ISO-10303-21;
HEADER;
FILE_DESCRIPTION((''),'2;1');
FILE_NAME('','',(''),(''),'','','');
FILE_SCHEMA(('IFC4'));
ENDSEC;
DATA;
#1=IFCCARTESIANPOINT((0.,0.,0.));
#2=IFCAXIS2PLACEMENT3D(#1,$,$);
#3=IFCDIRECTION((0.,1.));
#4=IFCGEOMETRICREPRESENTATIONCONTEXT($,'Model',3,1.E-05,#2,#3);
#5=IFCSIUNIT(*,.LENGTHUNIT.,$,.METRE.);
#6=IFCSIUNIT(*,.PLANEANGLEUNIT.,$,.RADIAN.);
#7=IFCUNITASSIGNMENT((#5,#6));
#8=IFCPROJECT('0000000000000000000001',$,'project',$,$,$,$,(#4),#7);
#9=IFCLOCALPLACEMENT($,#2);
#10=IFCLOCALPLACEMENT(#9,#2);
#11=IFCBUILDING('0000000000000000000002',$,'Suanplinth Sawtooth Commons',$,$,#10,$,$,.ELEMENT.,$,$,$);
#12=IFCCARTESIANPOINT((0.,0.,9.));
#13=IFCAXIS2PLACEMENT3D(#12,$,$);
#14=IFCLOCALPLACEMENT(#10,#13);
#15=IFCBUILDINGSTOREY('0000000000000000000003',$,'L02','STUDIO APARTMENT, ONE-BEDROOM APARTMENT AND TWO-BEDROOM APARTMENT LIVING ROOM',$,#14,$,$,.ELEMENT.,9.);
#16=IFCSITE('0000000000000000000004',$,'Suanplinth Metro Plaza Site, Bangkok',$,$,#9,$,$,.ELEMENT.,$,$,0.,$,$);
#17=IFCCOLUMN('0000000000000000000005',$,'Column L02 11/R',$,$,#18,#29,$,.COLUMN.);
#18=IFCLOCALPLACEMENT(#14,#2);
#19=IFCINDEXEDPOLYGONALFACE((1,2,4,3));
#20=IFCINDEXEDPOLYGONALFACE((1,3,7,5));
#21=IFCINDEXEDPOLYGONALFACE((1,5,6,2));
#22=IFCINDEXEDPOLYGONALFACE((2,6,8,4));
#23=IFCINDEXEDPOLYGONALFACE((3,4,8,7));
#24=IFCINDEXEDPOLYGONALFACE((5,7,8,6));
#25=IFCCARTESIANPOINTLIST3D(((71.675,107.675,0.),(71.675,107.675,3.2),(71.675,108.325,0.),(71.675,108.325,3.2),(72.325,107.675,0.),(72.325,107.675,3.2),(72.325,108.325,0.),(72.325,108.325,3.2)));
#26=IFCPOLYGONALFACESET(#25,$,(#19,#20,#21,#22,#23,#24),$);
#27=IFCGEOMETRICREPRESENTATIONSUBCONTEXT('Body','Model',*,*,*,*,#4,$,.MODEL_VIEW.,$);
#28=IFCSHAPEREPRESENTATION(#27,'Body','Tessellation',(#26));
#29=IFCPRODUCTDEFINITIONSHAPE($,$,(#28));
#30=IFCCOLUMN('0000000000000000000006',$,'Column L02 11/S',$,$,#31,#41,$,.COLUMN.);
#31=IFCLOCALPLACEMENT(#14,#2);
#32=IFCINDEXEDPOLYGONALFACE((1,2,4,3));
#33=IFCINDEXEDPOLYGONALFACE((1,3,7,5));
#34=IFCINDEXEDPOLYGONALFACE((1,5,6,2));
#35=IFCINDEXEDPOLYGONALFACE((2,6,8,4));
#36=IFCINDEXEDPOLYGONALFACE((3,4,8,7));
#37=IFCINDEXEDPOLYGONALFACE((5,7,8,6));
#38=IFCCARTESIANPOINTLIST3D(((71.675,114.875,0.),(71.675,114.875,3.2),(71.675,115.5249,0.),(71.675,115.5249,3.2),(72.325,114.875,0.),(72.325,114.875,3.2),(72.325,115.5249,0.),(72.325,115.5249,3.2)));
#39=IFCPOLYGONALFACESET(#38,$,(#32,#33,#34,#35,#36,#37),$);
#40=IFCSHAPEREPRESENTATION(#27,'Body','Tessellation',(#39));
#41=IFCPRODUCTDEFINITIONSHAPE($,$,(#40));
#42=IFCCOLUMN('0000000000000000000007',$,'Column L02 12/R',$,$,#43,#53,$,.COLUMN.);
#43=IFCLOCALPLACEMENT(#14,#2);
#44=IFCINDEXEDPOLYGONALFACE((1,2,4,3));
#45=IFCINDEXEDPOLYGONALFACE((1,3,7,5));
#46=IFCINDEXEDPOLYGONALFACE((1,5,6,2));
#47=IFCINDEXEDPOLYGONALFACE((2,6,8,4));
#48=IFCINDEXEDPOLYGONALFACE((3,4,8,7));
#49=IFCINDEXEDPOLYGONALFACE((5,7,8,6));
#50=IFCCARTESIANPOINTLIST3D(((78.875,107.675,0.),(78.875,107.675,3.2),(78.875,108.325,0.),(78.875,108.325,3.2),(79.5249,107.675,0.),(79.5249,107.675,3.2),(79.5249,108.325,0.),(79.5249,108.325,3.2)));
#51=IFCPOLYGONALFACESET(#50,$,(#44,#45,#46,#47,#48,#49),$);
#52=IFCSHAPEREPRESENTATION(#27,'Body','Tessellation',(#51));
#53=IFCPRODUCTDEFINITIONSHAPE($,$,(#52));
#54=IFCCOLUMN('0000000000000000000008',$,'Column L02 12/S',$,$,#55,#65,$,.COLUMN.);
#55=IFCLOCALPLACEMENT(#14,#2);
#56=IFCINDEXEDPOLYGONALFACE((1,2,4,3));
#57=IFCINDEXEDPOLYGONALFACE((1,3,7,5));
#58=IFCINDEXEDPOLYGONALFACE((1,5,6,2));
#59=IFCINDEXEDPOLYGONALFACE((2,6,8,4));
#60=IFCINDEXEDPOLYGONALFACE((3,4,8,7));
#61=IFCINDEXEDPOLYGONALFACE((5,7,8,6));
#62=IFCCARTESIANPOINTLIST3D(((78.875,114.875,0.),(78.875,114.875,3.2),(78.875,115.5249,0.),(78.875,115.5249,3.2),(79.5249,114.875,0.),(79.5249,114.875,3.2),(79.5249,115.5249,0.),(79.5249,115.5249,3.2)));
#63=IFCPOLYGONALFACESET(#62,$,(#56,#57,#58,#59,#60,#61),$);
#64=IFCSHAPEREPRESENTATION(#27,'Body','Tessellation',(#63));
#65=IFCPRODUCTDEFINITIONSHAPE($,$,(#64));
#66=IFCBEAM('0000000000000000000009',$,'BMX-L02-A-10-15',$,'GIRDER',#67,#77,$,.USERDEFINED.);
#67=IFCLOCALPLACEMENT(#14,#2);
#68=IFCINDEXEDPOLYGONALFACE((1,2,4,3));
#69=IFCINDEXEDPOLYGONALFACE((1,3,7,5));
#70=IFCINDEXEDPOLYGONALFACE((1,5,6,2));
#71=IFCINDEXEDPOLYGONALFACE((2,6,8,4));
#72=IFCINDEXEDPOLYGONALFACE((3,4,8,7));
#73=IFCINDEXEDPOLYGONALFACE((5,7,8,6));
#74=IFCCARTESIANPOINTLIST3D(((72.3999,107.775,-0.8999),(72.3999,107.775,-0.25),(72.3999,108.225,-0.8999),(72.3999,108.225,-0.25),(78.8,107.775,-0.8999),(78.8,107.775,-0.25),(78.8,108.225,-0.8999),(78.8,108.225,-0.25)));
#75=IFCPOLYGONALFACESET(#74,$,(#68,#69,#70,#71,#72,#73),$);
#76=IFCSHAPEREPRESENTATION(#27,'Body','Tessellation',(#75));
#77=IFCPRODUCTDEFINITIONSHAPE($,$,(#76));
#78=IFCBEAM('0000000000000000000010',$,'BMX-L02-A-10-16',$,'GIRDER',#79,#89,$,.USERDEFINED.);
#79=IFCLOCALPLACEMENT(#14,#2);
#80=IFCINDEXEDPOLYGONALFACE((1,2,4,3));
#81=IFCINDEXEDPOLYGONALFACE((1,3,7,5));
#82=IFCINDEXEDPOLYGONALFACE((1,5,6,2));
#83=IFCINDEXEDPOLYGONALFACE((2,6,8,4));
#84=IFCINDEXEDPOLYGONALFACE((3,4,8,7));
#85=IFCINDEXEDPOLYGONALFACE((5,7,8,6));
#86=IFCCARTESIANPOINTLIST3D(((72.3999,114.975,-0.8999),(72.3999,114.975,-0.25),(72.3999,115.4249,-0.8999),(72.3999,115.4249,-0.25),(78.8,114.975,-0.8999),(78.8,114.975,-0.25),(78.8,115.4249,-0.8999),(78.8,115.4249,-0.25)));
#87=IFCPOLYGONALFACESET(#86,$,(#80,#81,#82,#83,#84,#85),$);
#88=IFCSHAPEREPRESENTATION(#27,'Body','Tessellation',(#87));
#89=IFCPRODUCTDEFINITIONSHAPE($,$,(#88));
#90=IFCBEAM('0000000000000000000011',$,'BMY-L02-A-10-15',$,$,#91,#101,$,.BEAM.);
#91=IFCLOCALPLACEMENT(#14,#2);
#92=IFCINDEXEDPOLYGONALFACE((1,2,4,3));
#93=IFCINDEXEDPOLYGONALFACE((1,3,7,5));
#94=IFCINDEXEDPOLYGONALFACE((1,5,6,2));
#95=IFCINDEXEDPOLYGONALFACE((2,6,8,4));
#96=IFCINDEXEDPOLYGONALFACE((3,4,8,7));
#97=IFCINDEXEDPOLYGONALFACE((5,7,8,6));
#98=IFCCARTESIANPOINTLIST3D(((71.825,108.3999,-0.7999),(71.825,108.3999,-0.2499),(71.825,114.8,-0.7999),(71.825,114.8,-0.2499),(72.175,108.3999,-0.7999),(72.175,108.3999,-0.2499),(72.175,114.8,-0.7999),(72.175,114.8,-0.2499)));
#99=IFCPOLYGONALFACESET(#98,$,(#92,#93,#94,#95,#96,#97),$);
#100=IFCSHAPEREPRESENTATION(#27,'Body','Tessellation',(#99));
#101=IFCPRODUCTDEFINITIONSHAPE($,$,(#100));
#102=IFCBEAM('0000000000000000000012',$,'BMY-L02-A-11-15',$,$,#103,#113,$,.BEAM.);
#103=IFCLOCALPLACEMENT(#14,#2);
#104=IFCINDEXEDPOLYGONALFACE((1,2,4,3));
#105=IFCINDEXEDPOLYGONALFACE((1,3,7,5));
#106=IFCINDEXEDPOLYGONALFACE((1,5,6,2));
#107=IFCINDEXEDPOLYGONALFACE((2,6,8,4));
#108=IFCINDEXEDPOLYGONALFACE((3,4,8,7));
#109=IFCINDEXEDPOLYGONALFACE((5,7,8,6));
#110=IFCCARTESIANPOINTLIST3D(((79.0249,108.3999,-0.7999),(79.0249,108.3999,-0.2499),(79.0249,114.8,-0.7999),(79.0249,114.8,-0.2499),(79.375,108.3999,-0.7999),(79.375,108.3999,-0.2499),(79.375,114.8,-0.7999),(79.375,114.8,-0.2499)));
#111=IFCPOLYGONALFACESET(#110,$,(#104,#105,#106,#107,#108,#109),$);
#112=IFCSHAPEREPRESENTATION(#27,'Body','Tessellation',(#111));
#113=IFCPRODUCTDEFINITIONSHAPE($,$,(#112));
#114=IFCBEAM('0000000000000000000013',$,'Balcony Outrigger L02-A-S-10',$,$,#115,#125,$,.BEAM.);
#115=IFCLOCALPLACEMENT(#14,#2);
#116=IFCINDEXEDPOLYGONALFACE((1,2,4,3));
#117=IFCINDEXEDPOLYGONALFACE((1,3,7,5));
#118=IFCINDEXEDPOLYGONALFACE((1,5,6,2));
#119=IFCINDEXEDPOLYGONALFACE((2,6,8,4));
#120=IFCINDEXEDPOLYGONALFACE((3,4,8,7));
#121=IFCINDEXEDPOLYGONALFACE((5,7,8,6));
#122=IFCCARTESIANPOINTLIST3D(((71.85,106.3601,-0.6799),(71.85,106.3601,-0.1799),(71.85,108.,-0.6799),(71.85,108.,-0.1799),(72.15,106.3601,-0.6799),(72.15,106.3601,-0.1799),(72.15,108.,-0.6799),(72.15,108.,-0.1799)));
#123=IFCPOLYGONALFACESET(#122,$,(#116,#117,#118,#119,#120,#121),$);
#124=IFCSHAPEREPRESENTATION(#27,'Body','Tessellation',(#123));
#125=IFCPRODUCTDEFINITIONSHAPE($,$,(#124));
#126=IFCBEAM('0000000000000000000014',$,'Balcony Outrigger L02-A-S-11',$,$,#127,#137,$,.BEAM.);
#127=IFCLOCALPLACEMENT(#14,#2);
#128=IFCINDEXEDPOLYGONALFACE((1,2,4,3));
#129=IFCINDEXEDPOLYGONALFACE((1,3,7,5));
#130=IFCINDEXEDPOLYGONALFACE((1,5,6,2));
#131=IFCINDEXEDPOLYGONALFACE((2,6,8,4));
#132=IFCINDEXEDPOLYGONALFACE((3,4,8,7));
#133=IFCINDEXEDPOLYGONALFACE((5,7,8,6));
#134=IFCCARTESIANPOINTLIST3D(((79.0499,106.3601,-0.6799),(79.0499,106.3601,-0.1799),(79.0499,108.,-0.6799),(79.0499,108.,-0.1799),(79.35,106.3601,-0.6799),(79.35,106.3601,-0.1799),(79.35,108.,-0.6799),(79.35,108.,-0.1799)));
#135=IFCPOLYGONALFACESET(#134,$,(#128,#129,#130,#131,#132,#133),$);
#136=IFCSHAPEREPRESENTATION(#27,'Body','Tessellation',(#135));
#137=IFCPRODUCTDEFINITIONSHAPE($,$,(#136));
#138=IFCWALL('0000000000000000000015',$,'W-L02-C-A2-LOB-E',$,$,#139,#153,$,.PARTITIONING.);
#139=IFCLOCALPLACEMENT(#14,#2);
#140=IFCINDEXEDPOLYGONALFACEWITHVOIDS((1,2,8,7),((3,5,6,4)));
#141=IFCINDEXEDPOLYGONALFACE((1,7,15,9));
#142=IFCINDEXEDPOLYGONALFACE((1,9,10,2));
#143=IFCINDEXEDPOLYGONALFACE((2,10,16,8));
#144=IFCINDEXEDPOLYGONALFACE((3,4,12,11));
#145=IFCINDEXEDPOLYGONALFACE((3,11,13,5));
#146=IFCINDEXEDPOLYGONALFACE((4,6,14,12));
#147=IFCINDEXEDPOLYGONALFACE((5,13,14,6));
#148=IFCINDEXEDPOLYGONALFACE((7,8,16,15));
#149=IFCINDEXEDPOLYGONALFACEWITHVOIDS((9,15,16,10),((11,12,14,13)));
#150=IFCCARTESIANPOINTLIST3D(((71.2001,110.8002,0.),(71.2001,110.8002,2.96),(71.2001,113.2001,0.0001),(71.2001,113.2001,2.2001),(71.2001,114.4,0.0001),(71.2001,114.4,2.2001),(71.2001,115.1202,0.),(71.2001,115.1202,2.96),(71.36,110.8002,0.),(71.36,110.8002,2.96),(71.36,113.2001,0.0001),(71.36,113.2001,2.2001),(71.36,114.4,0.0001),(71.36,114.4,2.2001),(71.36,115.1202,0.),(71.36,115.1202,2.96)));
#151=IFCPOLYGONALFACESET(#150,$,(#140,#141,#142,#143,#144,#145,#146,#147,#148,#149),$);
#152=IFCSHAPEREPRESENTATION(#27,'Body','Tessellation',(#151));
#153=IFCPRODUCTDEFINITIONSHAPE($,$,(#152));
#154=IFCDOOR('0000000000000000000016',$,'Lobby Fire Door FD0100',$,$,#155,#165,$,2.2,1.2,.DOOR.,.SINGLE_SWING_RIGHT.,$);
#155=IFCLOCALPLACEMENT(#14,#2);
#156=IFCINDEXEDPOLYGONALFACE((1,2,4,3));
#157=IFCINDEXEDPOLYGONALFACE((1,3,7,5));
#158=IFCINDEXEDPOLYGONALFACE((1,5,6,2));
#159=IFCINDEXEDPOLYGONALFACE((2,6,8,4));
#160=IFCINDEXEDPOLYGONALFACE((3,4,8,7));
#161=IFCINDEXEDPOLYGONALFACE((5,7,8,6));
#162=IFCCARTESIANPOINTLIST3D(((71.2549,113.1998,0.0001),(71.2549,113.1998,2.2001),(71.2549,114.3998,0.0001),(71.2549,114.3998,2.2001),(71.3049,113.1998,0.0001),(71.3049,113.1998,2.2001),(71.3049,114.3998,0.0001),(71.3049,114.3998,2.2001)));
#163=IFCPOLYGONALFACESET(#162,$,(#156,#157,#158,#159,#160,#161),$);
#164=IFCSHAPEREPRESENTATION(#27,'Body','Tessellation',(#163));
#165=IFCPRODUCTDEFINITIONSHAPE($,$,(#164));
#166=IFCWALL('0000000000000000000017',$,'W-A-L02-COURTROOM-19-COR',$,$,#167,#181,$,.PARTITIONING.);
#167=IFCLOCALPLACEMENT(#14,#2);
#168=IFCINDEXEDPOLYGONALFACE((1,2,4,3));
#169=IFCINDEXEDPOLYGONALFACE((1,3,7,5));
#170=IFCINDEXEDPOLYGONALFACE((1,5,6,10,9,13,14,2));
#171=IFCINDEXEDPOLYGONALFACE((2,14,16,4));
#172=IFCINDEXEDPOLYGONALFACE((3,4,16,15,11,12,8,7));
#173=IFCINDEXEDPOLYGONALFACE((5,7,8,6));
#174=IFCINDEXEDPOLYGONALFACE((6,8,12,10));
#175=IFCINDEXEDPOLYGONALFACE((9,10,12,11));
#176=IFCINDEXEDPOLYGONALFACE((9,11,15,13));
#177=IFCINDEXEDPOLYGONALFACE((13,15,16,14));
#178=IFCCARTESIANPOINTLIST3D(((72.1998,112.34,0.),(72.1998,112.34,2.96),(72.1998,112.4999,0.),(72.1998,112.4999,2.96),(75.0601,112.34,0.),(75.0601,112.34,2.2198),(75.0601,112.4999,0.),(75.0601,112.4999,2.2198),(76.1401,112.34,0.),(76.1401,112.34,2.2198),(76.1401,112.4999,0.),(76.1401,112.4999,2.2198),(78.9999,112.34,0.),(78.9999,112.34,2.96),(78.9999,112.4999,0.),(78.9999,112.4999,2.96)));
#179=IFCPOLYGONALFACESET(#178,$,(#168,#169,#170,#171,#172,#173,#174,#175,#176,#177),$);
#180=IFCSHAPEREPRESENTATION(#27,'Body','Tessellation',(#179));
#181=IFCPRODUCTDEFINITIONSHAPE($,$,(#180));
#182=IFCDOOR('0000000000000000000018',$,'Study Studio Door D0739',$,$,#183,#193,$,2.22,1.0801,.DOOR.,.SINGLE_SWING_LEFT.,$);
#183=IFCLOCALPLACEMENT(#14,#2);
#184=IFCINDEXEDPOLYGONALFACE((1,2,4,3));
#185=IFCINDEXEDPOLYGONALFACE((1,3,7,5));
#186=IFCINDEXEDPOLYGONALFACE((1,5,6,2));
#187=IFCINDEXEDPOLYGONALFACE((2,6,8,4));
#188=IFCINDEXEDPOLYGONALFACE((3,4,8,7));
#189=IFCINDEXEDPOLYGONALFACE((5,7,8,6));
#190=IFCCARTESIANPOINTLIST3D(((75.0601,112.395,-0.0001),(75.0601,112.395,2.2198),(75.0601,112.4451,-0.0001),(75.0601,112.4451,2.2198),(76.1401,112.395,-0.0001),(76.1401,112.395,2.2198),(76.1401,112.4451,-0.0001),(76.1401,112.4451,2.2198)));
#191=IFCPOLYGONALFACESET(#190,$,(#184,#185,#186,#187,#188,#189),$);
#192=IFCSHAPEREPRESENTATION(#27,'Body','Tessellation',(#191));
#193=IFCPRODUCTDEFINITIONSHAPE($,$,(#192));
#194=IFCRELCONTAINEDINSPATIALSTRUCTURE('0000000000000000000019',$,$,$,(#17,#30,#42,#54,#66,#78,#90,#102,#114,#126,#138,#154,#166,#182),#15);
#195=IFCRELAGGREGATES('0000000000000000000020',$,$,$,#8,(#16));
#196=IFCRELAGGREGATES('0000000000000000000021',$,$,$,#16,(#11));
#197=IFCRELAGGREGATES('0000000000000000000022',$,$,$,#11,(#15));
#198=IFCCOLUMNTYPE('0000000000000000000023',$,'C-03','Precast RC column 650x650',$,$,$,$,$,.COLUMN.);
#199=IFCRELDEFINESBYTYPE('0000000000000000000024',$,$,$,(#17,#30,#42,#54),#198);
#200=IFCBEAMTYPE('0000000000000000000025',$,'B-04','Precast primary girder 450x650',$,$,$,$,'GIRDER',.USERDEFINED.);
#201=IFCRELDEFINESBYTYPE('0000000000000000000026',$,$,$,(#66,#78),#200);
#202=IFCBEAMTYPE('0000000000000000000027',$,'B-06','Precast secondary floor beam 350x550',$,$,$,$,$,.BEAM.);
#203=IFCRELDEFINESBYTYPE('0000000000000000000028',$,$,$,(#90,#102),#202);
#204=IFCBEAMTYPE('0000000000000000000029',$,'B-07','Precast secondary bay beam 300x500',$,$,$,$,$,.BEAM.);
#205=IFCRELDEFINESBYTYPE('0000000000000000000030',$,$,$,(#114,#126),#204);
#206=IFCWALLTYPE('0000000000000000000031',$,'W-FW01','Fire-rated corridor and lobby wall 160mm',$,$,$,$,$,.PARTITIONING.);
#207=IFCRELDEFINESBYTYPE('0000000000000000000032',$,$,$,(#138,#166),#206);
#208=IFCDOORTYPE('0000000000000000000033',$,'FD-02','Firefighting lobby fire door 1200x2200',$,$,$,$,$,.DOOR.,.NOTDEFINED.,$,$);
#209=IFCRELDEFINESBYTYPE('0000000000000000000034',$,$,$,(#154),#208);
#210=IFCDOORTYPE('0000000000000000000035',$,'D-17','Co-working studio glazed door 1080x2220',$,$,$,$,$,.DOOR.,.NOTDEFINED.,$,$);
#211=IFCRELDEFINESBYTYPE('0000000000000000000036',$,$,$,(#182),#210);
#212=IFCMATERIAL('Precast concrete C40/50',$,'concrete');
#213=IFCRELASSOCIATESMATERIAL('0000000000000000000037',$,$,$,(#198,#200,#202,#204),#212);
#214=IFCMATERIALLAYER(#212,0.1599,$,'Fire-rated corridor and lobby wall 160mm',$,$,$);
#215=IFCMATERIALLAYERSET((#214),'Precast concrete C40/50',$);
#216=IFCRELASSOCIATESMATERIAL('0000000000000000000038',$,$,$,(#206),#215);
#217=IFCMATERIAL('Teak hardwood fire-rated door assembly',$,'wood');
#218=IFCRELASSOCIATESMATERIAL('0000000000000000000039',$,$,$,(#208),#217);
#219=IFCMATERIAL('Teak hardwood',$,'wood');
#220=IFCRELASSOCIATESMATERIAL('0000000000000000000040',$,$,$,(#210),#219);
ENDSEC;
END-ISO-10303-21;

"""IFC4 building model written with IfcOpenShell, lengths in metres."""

from ifc_helpers import new_model, si_unit, direction, frame, frame_2d, origin, origin_2d, place, context, subcontext, project, spatial, rectangle, extrude, material, layer, layer_set, material_profile, profile_set, type_object, element, fill, save


model = new_model("IFC4")

# Units and contexts
model_context = context("Model", 3, precision=1e-05, world=origin(), true_north=direction((0.0, 1.0)))
body_context = subcontext(model_context, "Body", "Model", "MODEL_VIEW")
ifc_project = project(units=[si_unit("LENGTHUNIT", "METRE"), si_unit("PLANEANGLEUNIT", "RADIAN")], contexts=[model_context])

# Site, building, storey
site_placement = place(None, origin())
site = spatial("IfcSite", under=ifc_project, at=site_placement, Name="Suanplinth Metro Plaza Site, Bangkok", CompositionType="ELEMENT", RefElevation=0.0)
building_placement = place(site_placement, origin())
building = spatial("IfcBuilding", under=site, at=building_placement, Name="Suanplinth Sawtooth Commons", CompositionType="ELEMENT")
storey_placement = place(building_placement, frame((0.0, 0.0, 9.0)))
storey = spatial("IfcBuildingStorey", under=building, at=storey_placement, Name="L02", Description="STUDIO APARTMENT, ONE-BEDROOM APARTMENT AND TWO-BEDROOM APARTMENT LIVING ROOM", CompositionType="ELEMENT", Elevation=9.0)

# Columns
ifc_material_1 = material(Name="Precast concrete C40/50", Category="concrete")
ifc_material_profile_1 = material_profile(ifc_material_1, rectangle(XDim=0.6499, YDim=0.6499, at=origin_2d()), Name="PC-COL 650x650")
ifc_profile_set_1 = profile_set([ifc_material_profile_1], Name="Precast concrete C40/50")
column_type = type_object("IfcColumnType", Name="C-03", Description="Precast RC column 650x650", PredefinedType="COLUMN", material=ifc_profile_set_1)
for number, where, z_axis, x_axis, name in (
    (1, (72.0, 108.0, 0.0), (0.0, 0.0, 1.0), (1.0, 0.0, 0.0), "Column L02 11/R"),
    (2, (72.0, 115.2, 0.0), (0.0, 0.0, 1.0), (1.0, 0.0, 0.0), "Column L02 11/S"),
    (3, (79.2, 108.0, 0.0), (0.0, 0.0, 1.0), (1.0, 0.0, 0.0), "Column L02 12/R"),
    (4, (79.2, 115.2, 0.0), (0.0, 0.0, 1.0), (1.0, 0.0, 0.0), "Column L02 12/S"),
):
    element("IfcColumn", number, at=place(storey_placement, frame(where, z_axis=z_axis, x_axis=x_axis)), inside=storey, type_object=column_type, Name=name, PredefinedType="COLUMN", context=body_context, shape_type="SweptSolid", body=[
        extrude(rectangle(XDim=0.6499, YDim=0.6499, at=origin_2d()), origin(), (0.0, 0.0, 1.0), 3.2),
    ])

# Beams
ifc_material_profile_2 = material_profile(ifc_material_1, rectangle(XDim=0.45, YDim=0.6499, at=origin_2d()), Name="PC-GDR 450x650")
ifc_profile_set_2 = profile_set([ifc_material_profile_2], Name="Precast concrete C40/50")
beam_type_1 = type_object("IfcBeamType", Name="B-04", Description="Precast primary girder 450x650", ElementType="GIRDER", PredefinedType="USERDEFINED", material=ifc_profile_set_2)
for number, where, z_axis, x_axis, name in (
    (5, (72.3999, 108.0, -0.575), (1.0, 0.0, 0.0), (0.0, 1.0, 0.0), "BMX-L02-A-10-15"),
    (6, (72.3999, 115.2, -0.575), (1.0, 0.0, 0.0), (0.0, 1.0, 0.0), "BMX-L02-A-10-16"),
):
    element("IfcBeam", number, at=place(storey_placement, frame(where, z_axis=z_axis, x_axis=x_axis)), inside=storey, type_object=beam_type_1, Name=name, ObjectType="GIRDER", PredefinedType="USERDEFINED", context=body_context, shape_type="SweptSolid", body=[
        extrude(rectangle(XDim=0.45, YDim=0.6499, at=origin_2d()), origin(), (0.0, 0.0, 1.0), 6.4001),
    ])
ifc_material_profile_3 = material_profile(ifc_material_1, rectangle(XDim=0.3501, YDim=0.55, at=origin_2d()), Name="PC-BM 350x550")
ifc_profile_set_3 = profile_set([ifc_material_profile_3], Name="Precast concrete C40/50")
beam_type_2 = type_object("IfcBeamType", Name="B-06", Description="Precast secondary floor beam 350x550", PredefinedType="BEAM", material=ifc_profile_set_3)
for number, where, z_axis, x_axis, name in (
    (7, (72.0, 108.3999, -0.5249), (0.0, 1.0, 0.0), (-1.0, 0.0, 0.0), "BMY-L02-A-10-15"),
    (8, (79.2, 108.3999, -0.5249), (0.0, 1.0, 0.0), (-1.0, 0.0, 0.0), "BMY-L02-A-11-15"),
):
    element("IfcBeam", number, at=place(storey_placement, frame(where, z_axis=z_axis, x_axis=x_axis)), inside=storey, type_object=beam_type_2, Name=name, PredefinedType="BEAM", context=body_context, shape_type="SweptSolid", body=[
        extrude(rectangle(XDim=0.3501, YDim=0.55, at=origin_2d()), origin(), (0.0, 0.0, 1.0), 6.4001),
    ])
ifc_material_profile_4 = material_profile(ifc_material_1, rectangle(XDim=0.3, YDim=0.5, at=origin_2d()), Name="PC-BM 300x500")
ifc_profile_set_4 = profile_set([ifc_material_profile_4], Name="Precast concrete C40/50")
beam_type_3 = type_object("IfcBeamType", Name="B-07", Description="Precast secondary bay beam 300x500", PredefinedType="BEAM", material=ifc_profile_set_4)
for number, where, z_axis, x_axis, name in (
    (9, (72.0, 108.0, -0.4299), (0.0, -1.0, 0.0), (1.0, 0.0, 0.0), "Balcony Outrigger L02-A-S-10"),
    (10, (79.2, 108.0, -0.4299), (0.0, -1.0, 0.0), (1.0, 0.0, 0.0), "Balcony Outrigger L02-A-S-11"),
):
    element("IfcBeam", number, at=place(storey_placement, frame(where, z_axis=z_axis, x_axis=x_axis)), inside=storey, type_object=beam_type_3, Name=name, PredefinedType="BEAM", context=body_context, shape_type="SweptSolid", body=[
        extrude(rectangle(XDim=0.3, YDim=0.5, at=origin_2d()), origin(), (0.0, 0.0, 1.0), 1.6399),
    ])

# Walls, openings, doors
ifc_layer_1 = layer(ifc_material_1, 0.1599, Name="Fire-rated corridor and lobby wall 160mm")
ifc_layer_set_1 = layer_set([ifc_layer_1], Name="Precast concrete C40/50")
wall_type_1 = type_object("IfcWallType", Name="W-FW01", Description="Fire-rated corridor and lobby wall 160mm", PredefinedType="PARTITIONING", material=ifc_layer_set_1)
wall_1_placement = place(storey_placement, frame((71.28, 110.8, 0.0), z_axis=(0.0, 0.0, 1.0), x_axis=(0.0, 1.0, 0.0)))
wall_1 = element("IfcWall", 11, at=wall_1_placement, inside=storey, type_object=wall_type_1, Name="W-L02-C-A2-LOB-E", PredefinedType="PARTITIONING", context=body_context, shape_type="SweptSolid", body=[
    extrude(rectangle(XDim=4.3201, YDim=0.1599, at=frame_2d((2.1602, 0.0))), origin(), (0.0, 0.0, 1.0), 2.96),
])
opening_1_placement = place(wall_1_placement, frame((2.3999, 0.0, 0.0)))
opening_1 = element("IfcOpeningElement", 12, at=opening_1_placement, cuts=wall_1, PredefinedType="OPENING", context=body_context, shape_type="SweptSolid", body=[
    extrude(rectangle(XDim=1.2, YDim=2.2, at=frame_2d((0.6001, 1.1001))), frame((0.0, 0.0947, 0.0), z_axis=(0.0, -1.0, 0.0), x_axis=(1.0, 0.0, 0.0)), (0.0, 0.0, 1.0), 0.1897),
])
ifc_material_2 = material(Name="Teak hardwood fire-rated door assembly", Category="wood")
door_type_1 = type_object("IfcDoorType", Name="FD-02", Description="Firefighting lobby fire door 1200x2200", OperationType="NOTDEFINED", PredefinedType="DOOR", material=ifc_material_2)
door_1_placement = place(opening_1_placement, frame((1.2, 0.0, 0.0), z_axis=(0.0, 0.0, 1.0), x_axis=(-1.0, 0.0, 0.0)))
door_1 = element("IfcDoor", 13, at=door_1_placement, inside=storey, type_object=door_type_1, Name="Lobby Fire Door FD0100", OperationType="SINGLE_SWING_RIGHT", OverallHeight=2.2, OverallWidth=1.2, PredefinedType="DOOR", context=body_context, shape_type="SweptSolid", body=[
    extrude(rectangle(XDim=1.2, YDim=2.2, at=frame_2d((0.6001, 1.1001))), frame((0.0, 0.0249, 0.0), z_axis=(0.0, -1.0, 0.0), x_axis=(1.0, 0.0, 0.0)), (0.0, 0.0, 1.0), 0.05),
])
fill(opening_1, door_1)
wall_2_placement = place(storey_placement, frame((72.2, 112.4199, 0.0), z_axis=(0.0, 0.0, 1.0), x_axis=(1.0, 0.0, 0.0)))
wall_2 = element("IfcWall", 14, at=wall_2_placement, inside=storey, type_object=wall_type_1, Name="W-A-L02-COURTROOM-19-COR", PredefinedType="PARTITIONING", context=body_context, shape_type="SweptSolid", body=[
    extrude(rectangle(XDim=6.8, YDim=0.1599, at=frame_2d((3.3999, 0.0))), origin(), (0.0, 0.0, 1.0), 2.96),
])
opening_2_placement = place(wall_2_placement, frame((2.8601, 0.0, 0.0)))
opening_2 = element("IfcOpeningElement", 15, at=opening_2_placement, cuts=wall_2, PredefinedType="OPENING", context=body_context, shape_type="SweptSolid", body=[
    extrude(rectangle(XDim=1.0801, YDim=2.22, at=frame_2d((0.54, 1.1099))), frame((0.0, 0.0947, 0.0), z_axis=(0.0, -1.0, 0.0), x_axis=(1.0, 0.0, 0.0)), (0.0, 0.0, 1.0), 0.1897),
])
ifc_material_3 = material(Name="Teak hardwood", Category="wood")
door_type_2 = type_object("IfcDoorType", Name="D-17", Description="Co-working studio glazed door 1080x2220", OperationType="NOTDEFINED", PredefinedType="DOOR", material=ifc_material_3)
door_2_placement = place(opening_2_placement, frame((1.0801, 0.0, 0.0), z_axis=(0.0, 0.0, 1.0), x_axis=(-1.0, 0.0, 0.0)))
door_2 = element("IfcDoor", 16, at=door_2_placement, inside=storey, type_object=door_type_2, Name="Study Studio Door D0739", OperationType="SINGLE_SWING_LEFT", OverallHeight=2.22, OverallWidth=1.0801, PredefinedType="DOOR", context=body_context, shape_type="SweptSolid", body=[
    extrude(rectangle(XDim=1.0801, YDim=2.22, at=frame_2d((0.54, 1.1099))), frame((0.0, 0.0249, 0.0), z_axis=(0.0, -1.0, 0.0), x_axis=(1.0, 0.0, 0.0)), (0.0, 0.0, 1.0), 0.05),
])
fill(opening_2, door_2)

save(model, "model.ifc")
